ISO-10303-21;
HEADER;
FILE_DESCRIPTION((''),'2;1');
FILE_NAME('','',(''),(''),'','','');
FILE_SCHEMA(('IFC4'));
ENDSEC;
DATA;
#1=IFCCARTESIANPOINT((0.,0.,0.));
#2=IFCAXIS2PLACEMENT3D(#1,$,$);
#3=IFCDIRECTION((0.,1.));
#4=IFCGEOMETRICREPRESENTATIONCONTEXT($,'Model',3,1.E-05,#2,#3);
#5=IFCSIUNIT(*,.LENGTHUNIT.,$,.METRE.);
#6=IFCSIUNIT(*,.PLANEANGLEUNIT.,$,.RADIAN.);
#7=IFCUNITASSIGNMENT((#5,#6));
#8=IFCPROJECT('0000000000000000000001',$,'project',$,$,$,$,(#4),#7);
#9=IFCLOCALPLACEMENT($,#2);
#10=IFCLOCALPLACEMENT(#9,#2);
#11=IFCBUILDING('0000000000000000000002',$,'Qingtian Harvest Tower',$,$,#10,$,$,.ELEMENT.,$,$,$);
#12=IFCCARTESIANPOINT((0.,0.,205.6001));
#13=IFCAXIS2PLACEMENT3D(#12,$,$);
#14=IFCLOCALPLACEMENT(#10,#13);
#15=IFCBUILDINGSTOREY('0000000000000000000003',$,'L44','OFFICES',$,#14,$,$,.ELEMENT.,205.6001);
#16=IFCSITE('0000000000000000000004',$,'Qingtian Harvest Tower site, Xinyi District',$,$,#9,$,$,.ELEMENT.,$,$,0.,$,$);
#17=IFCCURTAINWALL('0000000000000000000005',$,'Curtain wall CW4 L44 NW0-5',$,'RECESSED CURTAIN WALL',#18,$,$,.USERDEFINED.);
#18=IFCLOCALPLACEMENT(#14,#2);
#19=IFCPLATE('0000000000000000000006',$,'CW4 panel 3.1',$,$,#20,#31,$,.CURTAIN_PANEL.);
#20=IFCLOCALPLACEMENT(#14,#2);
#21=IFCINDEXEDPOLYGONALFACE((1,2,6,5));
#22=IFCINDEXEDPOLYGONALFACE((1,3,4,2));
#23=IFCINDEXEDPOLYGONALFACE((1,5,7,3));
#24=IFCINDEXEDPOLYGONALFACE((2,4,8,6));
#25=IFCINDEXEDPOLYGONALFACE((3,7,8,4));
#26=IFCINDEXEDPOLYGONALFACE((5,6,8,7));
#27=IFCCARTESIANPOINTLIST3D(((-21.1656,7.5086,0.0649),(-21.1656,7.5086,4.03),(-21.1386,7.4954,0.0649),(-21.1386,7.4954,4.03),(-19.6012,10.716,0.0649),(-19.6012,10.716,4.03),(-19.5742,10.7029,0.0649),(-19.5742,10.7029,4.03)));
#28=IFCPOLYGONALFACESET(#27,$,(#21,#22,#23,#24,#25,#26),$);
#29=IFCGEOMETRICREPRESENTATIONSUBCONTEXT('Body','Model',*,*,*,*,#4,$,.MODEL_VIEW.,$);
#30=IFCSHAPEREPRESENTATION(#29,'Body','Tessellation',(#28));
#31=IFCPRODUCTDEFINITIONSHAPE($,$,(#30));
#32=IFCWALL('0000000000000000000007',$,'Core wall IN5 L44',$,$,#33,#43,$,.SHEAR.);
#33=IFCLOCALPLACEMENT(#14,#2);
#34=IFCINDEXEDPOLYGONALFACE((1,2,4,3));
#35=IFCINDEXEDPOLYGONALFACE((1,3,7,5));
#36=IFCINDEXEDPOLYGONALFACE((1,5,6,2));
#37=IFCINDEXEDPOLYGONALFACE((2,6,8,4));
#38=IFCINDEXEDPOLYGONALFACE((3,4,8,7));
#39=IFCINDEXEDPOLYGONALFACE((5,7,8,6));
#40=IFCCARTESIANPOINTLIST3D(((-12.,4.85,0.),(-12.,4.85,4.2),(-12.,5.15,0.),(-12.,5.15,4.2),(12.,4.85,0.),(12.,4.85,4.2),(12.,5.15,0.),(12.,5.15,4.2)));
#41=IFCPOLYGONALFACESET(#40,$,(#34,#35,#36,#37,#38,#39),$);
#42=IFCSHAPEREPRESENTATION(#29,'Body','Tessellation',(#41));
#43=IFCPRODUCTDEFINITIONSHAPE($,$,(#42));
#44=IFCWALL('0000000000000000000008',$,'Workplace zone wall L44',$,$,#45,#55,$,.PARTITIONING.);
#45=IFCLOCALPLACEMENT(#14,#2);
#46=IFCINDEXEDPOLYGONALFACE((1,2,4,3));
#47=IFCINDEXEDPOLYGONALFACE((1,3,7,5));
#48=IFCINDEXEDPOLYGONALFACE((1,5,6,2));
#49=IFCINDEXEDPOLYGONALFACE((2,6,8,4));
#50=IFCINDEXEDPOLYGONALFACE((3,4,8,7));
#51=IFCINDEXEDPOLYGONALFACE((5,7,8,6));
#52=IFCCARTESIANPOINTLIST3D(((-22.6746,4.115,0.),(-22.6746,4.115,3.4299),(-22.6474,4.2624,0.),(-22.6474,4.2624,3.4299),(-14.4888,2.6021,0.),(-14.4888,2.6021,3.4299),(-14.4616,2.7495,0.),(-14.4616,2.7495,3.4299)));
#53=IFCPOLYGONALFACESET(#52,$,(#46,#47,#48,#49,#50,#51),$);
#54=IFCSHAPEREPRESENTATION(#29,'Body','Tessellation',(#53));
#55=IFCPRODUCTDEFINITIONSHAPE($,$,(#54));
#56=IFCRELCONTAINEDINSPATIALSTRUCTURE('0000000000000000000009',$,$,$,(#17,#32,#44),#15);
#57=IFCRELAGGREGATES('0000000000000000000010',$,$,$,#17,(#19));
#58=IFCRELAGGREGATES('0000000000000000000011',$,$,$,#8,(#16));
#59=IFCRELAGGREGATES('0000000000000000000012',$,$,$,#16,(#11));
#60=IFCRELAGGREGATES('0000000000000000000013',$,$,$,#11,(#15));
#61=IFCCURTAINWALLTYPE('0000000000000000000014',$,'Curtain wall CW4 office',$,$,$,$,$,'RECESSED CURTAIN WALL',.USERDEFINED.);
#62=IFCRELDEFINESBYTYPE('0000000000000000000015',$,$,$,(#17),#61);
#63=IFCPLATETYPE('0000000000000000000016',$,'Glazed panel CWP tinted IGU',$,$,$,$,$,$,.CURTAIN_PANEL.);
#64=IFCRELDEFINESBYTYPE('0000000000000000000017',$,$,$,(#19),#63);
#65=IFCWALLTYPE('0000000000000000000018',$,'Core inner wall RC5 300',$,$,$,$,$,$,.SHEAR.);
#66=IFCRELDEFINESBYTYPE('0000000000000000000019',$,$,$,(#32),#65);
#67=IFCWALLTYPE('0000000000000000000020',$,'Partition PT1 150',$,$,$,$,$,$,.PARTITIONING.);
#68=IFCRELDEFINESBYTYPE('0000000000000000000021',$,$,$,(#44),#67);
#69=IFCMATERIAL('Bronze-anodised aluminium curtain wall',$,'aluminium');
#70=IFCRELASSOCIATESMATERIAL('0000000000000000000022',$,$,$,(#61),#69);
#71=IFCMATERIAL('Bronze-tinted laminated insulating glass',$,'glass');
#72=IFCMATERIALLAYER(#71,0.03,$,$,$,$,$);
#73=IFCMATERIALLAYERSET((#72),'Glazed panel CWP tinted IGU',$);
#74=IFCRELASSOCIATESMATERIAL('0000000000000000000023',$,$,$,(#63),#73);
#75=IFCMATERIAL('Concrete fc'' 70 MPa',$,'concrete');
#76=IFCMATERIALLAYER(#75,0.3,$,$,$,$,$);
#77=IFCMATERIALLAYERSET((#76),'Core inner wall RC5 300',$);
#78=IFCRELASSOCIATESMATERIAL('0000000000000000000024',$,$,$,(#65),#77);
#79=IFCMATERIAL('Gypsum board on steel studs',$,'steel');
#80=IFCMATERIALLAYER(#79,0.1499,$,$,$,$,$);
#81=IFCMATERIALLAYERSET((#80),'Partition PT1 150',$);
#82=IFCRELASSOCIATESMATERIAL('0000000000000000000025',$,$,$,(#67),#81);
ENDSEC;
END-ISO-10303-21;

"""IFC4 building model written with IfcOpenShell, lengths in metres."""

from ifc_helpers import new_model, si_unit, direction, frame, frame_2d, origin, origin_2d, place, context, subcontext, project, spatial, rectangle, extrude, material, layer, layer_set, type_object, element, aggregate, save


model = new_model("IFC4")

# Units and contexts
model_context = context("Model", 3, precision=1e-05, world=origin(), true_north=direction((0.0, 1.0)))
body_context = subcontext(model_context, "Body", "Model", "MODEL_VIEW")
ifc_project = project(units=[si_unit("LENGTHUNIT", "METRE"), si_unit("PLANEANGLEUNIT", "RADIAN")], contexts=[model_context])

# Site, building, storey
site_placement = place(None, origin())
site = spatial("IfcSite", under=ifc_project, at=site_placement, Name="Qingtian Harvest Tower site, Xinyi District", CompositionType="ELEMENT", RefElevation=0.0)
building_placement = place(site_placement, origin())
building = spatial("IfcBuilding", under=site, at=building_placement, Name="Qingtian Harvest Tower", CompositionType="ELEMENT")
storey_placement = place(building_placement, frame((0.0, 0.0, 205.6001)))
storey = spatial("IfcBuildingStorey", under=building, at=storey_placement, Name="L44", Description="OFFICES", CompositionType="ELEMENT", Elevation=205.6001)

# Curtain wall
ifc_material_1 = material(Name="Bronze-anodised aluminium curtain wall", Category="aluminium")
curtain_wall_type = type_object("IfcCurtainWallType", Name="Curtain wall CW4 office", ElementType="RECESSED CURTAIN WALL", PredefinedType="USERDEFINED", material=ifc_material_1)
curtain_wall_placement = place(storey_placement, origin())
curtain_wall = element("IfcCurtainWall", 1, at=curtain_wall_placement, inside=storey, type_object=curtain_wall_type, Name="Curtain wall CW4 L44 NW0-5", ObjectType="RECESSED CURTAIN WALL", PredefinedType="USERDEFINED")

# Plate
ifc_material_2 = material(Name="Bronze-tinted laminated insulating glass", Category="glass")
ifc_layer_1 = layer(ifc_material_2, 0.03)
ifc_layer_set_1 = layer_set([ifc_layer_1], Name="Glazed panel CWP tinted IGU")
plate_type = type_object("IfcPlateType", Name="Glazed panel CWP tinted IGU", PredefinedType="CURTAIN_PANEL", material=ifc_layer_set_1)
plate_1_placement = place(storey_placement, frame((-20.3699, 9.1057, 0.0649), z_axis=(0.0, 0.0, 1.0), x_axis=(0.438371, 0.898794, 0.0)))
plate_1 = element("IfcPlate", 2, at=plate_1_placement, type_object=plate_type, Name="CW4 panel 3.1", PredefinedType="CURTAIN_PANEL", context=body_context, shape_type="SweptSolid", body=[
    extrude(rectangle(XDim=3.5686, YDim=0.03, at=origin_2d()), origin(), (0.0, 0.0, 1.0), 3.9651),
])
aggregate(curtain_wall, [plate_1])

# Wall
ifc_material_3 = material(Name="Concrete fc' 70 MPa", Category="concrete")
ifc_layer_2 = layer(ifc_material_3, 0.3)
ifc_layer_set_2 = layer_set([ifc_layer_2], Name="Core inner wall RC5 300")
wall_type_1 = type_object("IfcWallType", Name="Core inner wall RC5 300", PredefinedType="SHEAR", material=ifc_layer_set_2)
wall_1_placement = place(storey_placement, frame((-12.0, 5.0, 0.0), z_axis=(0.0, 0.0, 1.0), x_axis=(1.0, 0.0, 0.0)))
element("IfcWall", 3, at=wall_1_placement, inside=storey, type_object=wall_type_1, Name="Core wall IN5 L44", PredefinedType="SHEAR", context=body_context, shape_type="SweptSolid", body=[
    extrude(rectangle(XDim=24.0, YDim=0.3, at=frame_2d((12.0, 0.0))), origin(), (0.0, 0.0, 1.0), 4.2),
])

# Wall
ifc_material_4 = material(Name="Gypsum board on steel studs", Category="steel")
ifc_layer_3 = layer(ifc_material_4, 0.1499)
ifc_layer_set_3 = layer_set([ifc_layer_3], Name="Partition PT1 150")
wall_type_2 = type_object("IfcWallType", Name="Partition PT1 150", PredefinedType="PARTITIONING", material=ifc_layer_set_3)
wall_2_placement = place(storey_placement, frame((-22.6609, 4.1887, 0.0), z_axis=(0.0, 0.0, 1.0), x_axis=(0.983345, -0.181747, 0.0)))
element("IfcWall", 4, at=wall_2_placement, inside=storey, type_object=wall_type_2, Name="Workplace zone wall L44", PredefinedType="PARTITIONING", context=body_context, shape_type="SweptSolid", body=[
    extrude(rectangle(XDim=8.3245, YDim=0.1499, at=frame_2d((4.1621, 0.0))), origin(), (0.0, 0.0, 1.0), 3.4299),
])

save(model, "model.ifc")
